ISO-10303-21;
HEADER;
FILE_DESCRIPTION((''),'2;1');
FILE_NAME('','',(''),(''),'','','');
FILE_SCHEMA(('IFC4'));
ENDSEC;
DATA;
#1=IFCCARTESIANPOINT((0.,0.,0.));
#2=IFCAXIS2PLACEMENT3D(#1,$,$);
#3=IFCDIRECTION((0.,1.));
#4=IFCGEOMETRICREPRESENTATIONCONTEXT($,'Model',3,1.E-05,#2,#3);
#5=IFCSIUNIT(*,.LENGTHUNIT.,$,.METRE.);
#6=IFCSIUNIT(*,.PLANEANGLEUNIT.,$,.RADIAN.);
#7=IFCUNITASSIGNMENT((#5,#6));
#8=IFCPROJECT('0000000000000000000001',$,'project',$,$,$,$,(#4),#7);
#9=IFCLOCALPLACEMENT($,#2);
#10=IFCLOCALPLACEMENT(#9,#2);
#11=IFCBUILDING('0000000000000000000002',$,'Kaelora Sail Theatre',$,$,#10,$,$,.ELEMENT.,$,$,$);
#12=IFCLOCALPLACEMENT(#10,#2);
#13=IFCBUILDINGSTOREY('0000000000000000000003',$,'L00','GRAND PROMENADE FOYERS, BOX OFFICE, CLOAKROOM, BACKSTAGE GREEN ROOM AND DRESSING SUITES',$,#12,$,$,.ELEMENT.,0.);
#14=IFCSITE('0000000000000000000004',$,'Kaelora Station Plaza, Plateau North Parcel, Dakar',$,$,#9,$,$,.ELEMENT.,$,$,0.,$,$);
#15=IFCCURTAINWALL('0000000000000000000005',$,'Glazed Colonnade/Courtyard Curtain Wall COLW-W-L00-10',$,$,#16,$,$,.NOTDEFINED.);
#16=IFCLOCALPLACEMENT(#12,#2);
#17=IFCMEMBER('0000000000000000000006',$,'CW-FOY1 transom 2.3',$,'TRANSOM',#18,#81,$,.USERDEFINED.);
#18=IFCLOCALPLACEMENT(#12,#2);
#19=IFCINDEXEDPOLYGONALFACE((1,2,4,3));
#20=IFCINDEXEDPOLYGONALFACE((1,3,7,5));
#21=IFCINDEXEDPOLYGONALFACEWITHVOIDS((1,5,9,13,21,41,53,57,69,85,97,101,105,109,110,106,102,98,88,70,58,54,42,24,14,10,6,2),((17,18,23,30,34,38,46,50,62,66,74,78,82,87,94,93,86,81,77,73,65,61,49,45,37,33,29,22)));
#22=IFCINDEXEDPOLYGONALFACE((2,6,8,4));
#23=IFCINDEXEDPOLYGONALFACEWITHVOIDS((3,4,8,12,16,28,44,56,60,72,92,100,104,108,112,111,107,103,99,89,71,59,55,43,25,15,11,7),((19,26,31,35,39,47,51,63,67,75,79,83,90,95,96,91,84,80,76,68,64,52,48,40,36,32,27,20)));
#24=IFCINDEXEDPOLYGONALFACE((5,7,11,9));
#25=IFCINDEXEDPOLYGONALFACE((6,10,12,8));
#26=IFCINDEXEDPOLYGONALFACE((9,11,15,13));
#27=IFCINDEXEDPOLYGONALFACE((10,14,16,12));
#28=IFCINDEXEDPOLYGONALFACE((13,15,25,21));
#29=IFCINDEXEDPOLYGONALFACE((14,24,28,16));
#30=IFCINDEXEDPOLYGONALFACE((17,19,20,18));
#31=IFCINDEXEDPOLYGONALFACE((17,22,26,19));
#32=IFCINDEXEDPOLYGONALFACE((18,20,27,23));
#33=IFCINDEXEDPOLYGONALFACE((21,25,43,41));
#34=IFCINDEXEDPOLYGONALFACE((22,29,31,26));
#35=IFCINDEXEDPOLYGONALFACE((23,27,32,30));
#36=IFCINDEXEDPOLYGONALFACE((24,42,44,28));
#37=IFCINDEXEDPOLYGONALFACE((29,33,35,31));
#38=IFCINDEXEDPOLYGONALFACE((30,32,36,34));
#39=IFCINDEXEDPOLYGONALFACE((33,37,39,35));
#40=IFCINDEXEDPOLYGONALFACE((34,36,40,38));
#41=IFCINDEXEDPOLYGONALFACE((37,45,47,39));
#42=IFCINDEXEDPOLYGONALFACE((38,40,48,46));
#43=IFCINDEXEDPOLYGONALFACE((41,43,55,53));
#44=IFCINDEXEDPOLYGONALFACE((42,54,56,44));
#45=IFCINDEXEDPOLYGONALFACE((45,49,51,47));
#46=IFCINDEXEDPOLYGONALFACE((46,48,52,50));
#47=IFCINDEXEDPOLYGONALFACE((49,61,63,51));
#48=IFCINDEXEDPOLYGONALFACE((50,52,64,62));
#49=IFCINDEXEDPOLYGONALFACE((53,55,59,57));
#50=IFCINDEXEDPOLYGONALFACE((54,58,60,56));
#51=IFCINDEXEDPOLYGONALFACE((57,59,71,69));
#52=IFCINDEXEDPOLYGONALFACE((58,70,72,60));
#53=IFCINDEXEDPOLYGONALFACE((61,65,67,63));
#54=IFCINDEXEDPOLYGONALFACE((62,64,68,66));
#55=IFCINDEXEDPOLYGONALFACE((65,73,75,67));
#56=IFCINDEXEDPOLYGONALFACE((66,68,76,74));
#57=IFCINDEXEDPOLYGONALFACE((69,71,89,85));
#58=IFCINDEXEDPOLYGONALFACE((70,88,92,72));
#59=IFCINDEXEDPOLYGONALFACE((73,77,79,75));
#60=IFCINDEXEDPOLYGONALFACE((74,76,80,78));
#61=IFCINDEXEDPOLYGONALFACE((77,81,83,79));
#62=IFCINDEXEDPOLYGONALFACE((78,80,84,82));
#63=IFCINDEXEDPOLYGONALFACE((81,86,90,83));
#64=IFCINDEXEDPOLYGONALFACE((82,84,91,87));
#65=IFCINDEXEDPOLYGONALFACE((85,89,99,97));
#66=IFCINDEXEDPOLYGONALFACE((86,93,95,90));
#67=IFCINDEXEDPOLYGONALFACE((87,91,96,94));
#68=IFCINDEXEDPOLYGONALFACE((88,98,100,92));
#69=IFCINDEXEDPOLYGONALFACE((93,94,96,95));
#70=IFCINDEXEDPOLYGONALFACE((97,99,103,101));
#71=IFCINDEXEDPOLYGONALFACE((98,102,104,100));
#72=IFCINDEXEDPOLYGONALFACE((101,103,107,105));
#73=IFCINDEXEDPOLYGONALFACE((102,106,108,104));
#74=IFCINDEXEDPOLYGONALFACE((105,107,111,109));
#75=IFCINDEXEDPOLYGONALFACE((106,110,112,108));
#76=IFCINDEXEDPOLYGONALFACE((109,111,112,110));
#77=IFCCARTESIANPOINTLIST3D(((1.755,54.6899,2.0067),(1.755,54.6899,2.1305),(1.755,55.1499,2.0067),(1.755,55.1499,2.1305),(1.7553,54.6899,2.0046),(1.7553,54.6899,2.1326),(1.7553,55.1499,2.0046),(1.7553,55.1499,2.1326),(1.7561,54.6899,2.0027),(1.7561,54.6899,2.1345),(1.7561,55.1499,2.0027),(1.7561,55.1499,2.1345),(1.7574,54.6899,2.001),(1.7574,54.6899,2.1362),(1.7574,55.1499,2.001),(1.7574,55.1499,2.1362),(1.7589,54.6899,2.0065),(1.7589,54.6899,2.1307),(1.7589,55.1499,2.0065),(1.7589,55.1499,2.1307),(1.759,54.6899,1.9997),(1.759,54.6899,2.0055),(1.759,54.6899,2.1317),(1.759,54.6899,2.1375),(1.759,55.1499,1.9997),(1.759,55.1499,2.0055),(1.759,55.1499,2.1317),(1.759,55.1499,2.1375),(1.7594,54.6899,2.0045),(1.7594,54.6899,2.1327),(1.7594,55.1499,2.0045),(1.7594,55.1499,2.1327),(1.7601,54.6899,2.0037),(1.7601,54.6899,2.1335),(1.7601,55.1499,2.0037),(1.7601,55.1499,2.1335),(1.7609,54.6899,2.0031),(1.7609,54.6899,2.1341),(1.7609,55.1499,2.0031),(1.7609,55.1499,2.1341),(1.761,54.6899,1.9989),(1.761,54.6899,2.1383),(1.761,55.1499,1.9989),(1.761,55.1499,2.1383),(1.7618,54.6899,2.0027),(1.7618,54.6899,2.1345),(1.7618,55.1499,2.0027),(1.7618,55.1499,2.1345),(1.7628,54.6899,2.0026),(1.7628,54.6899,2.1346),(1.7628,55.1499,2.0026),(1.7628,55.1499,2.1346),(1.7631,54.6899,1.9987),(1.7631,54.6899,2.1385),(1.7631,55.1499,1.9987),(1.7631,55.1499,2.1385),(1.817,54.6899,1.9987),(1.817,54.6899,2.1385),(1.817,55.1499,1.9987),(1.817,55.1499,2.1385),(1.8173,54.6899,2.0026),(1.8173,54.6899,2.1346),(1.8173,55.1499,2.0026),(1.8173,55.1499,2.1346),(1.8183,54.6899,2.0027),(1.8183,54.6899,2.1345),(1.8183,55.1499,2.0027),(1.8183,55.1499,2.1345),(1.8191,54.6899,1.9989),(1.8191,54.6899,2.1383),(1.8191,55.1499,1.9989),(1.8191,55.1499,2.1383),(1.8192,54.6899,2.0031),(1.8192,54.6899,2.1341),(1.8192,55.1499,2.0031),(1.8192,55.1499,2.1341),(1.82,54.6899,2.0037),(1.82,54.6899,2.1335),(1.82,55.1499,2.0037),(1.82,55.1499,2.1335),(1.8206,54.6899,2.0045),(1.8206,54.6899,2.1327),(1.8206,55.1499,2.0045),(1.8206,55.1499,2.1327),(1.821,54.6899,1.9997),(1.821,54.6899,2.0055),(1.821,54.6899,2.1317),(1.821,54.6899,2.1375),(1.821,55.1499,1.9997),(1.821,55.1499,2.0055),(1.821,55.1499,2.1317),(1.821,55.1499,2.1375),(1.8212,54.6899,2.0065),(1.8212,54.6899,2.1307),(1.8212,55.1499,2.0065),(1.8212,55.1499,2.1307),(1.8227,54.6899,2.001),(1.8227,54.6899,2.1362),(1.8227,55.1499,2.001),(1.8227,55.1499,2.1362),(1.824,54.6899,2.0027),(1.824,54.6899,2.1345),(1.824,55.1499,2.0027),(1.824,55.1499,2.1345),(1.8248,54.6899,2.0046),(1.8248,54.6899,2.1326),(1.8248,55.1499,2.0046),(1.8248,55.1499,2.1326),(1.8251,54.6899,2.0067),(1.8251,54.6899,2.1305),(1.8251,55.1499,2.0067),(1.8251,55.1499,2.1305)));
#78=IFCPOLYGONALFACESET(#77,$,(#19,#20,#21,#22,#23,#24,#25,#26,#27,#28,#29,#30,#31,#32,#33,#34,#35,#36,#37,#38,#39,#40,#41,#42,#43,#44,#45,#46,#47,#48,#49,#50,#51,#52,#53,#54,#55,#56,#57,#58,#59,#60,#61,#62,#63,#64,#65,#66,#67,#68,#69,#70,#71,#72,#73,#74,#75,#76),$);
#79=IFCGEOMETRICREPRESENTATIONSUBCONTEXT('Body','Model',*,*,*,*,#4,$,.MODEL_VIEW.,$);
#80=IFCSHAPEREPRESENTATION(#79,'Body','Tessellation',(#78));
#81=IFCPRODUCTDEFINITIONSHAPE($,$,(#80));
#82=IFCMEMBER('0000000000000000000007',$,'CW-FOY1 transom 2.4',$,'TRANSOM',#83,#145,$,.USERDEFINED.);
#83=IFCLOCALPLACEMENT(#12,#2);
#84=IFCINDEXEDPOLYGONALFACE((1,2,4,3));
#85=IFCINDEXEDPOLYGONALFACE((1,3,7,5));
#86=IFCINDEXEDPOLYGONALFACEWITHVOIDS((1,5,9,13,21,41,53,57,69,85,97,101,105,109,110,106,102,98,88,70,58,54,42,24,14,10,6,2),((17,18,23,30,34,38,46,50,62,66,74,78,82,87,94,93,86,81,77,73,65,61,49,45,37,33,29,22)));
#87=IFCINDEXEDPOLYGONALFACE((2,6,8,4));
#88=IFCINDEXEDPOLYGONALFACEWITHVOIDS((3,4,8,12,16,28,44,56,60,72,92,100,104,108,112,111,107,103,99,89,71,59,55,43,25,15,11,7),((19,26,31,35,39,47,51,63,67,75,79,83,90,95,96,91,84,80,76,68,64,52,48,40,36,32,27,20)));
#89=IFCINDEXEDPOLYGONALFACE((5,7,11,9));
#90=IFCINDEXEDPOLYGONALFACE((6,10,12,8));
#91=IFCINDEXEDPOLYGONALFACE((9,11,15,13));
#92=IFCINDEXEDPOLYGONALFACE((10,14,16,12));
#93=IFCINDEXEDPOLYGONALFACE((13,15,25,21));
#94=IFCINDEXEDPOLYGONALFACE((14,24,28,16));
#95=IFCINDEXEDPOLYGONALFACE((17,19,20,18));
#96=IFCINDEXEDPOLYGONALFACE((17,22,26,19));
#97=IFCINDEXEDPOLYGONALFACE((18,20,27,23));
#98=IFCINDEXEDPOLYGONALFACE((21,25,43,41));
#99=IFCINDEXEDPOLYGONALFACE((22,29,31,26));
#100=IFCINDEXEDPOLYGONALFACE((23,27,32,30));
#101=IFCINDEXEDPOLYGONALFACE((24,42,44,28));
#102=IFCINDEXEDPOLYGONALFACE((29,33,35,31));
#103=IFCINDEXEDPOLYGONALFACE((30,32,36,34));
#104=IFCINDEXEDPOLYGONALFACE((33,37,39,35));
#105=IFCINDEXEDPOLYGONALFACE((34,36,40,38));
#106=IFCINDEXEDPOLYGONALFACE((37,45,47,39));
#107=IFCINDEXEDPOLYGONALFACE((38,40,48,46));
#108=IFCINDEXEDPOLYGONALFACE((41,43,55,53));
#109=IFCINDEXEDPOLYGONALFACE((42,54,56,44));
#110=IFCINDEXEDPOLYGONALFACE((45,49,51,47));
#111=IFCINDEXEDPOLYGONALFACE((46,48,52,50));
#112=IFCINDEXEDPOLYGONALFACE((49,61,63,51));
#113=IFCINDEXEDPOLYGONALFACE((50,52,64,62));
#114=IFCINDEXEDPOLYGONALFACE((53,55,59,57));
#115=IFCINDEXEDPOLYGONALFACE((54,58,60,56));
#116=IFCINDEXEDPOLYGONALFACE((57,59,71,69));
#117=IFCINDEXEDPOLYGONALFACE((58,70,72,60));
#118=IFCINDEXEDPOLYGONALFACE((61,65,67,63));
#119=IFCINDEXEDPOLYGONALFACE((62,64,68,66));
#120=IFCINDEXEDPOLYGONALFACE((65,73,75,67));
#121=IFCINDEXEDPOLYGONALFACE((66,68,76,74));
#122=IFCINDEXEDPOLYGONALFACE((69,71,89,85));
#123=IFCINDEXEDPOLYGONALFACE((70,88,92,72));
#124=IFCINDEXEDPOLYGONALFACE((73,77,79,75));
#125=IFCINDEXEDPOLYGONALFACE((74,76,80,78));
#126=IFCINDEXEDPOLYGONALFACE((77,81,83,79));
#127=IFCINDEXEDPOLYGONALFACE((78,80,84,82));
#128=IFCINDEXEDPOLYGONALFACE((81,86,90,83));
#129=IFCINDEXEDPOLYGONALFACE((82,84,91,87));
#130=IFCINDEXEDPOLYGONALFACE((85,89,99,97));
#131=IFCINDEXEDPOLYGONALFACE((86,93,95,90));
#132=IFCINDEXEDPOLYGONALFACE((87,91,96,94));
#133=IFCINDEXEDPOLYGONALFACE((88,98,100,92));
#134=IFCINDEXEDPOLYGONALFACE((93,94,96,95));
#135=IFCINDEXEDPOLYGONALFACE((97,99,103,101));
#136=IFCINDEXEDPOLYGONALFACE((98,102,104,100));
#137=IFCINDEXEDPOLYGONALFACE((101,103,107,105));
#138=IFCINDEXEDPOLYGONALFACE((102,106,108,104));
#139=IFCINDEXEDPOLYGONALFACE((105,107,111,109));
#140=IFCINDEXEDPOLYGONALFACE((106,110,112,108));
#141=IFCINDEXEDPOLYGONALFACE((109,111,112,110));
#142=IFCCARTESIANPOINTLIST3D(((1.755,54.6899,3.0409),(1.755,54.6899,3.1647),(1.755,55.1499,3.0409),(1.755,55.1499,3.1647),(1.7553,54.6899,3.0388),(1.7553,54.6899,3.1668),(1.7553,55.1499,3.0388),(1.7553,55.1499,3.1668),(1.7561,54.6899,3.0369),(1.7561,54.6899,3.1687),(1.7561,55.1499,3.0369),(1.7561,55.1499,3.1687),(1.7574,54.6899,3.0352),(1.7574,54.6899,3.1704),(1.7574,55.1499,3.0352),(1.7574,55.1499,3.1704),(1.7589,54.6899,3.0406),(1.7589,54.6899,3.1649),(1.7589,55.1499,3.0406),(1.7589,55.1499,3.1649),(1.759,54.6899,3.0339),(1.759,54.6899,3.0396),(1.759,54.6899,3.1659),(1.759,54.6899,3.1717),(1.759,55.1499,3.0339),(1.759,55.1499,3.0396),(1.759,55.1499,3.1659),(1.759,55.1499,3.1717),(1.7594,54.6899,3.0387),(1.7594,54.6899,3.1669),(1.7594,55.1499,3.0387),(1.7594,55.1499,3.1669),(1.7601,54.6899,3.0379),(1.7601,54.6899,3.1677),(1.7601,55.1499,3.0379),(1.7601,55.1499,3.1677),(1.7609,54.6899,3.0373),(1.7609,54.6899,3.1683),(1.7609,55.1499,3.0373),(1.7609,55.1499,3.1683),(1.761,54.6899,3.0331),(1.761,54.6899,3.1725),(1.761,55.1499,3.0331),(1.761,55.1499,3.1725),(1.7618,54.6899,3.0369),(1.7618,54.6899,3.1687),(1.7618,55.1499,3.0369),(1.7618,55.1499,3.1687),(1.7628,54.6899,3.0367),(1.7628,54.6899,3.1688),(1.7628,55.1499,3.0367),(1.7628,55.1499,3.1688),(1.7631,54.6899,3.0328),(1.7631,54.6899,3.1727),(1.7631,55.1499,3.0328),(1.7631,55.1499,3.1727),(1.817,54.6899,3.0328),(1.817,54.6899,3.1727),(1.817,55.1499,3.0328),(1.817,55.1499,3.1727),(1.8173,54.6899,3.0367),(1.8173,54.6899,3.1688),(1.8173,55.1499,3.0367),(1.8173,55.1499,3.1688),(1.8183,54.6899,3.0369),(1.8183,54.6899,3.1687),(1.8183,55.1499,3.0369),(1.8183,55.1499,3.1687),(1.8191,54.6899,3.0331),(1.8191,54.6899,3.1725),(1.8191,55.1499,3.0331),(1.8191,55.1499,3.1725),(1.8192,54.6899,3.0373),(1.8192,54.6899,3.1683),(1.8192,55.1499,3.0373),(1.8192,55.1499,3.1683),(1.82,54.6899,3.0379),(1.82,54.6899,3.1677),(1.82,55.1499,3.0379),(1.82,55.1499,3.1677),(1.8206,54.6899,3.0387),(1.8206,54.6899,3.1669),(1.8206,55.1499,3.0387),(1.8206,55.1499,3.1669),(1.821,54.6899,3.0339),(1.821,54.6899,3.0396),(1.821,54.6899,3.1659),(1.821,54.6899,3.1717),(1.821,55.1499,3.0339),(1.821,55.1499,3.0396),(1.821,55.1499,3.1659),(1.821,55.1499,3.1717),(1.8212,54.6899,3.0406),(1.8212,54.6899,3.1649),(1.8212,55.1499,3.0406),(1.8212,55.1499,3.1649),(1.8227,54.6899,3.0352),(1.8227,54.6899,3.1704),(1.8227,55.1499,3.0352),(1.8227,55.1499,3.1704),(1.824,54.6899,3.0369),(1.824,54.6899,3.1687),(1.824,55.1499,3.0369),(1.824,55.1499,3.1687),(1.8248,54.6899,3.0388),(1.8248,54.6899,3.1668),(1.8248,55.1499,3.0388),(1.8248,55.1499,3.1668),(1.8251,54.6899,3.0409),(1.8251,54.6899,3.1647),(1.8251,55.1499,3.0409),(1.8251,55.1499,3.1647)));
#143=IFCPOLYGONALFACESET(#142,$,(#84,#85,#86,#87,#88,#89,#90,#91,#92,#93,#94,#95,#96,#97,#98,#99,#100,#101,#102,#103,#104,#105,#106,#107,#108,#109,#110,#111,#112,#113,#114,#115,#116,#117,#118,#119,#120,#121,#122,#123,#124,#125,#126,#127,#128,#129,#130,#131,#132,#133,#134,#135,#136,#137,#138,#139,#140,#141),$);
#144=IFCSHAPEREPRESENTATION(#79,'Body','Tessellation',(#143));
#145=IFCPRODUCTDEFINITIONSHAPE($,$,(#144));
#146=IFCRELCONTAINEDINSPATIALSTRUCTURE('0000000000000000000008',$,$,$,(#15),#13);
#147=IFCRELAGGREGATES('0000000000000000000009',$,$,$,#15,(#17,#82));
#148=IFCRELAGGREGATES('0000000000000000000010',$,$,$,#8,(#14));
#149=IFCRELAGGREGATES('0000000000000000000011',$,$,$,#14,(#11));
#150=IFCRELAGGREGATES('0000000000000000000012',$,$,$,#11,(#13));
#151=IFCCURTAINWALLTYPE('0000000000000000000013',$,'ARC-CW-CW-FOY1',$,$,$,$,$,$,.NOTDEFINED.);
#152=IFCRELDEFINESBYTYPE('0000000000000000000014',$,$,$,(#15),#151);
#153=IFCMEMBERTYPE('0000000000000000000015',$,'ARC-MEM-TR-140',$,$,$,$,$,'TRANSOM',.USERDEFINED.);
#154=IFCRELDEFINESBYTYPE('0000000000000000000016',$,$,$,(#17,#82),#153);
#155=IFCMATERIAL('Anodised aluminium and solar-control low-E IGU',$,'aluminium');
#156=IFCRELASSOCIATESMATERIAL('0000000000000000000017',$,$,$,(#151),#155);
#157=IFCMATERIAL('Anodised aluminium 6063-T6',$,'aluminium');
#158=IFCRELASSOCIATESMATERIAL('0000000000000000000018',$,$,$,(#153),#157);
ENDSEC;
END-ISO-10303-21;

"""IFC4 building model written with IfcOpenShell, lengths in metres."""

from ifc_helpers import new_model, si_unit, direction, frame, origin, origin_2d, place, context, subcontext, project, spatial, hollow_rectangle, extrude, material, material_profile, profile_set, type_object, element, aggregate, save


model = new_model("IFC4")

# Units and contexts
model_context = context("Model", 3, precision=1e-05, world=origin(), true_north=direction((0.0, 1.0)))
body_context = subcontext(model_context, "Body", "Model", "MODEL_VIEW")
ifc_project = project(units=[si_unit("LENGTHUNIT", "METRE"), si_unit("PLANEANGLEUNIT", "RADIAN")], contexts=[model_context])

# Site, building, storey
site_placement = place(None, origin())
site = spatial("IfcSite", under=ifc_project, at=site_placement, Name="Kaelora Station Plaza, Plateau North Parcel, Dakar", CompositionType="ELEMENT", RefElevation=0.0)
building_placement = place(site_placement, origin())
building = spatial("IfcBuilding", under=site, at=building_placement, Name="Kaelora Sail Theatre", CompositionType="ELEMENT")
storey_placement = place(building_placement, origin())
storey = spatial("IfcBuildingStorey", under=building, at=storey_placement, Name="L00", Description="GRAND PROMENADE FOYERS, BOX OFFICE, CLOAKROOM, BACKSTAGE GREEN ROOM AND DRESSING SUITES", CompositionType="ELEMENT", Elevation=0.0)

# Curtain wall, members
ifc_material_1 = material(Name="Anodised aluminium and solar-control low-E IGU", Category="aluminium")
curtain_wall_type = type_object("IfcCurtainWallType", Name="ARC-CW-CW-FOY1", PredefinedType="NOTDEFINED", material=ifc_material_1)
ifc_material_2 = material(Name="Anodised aluminium 6063-T6", Category="aluminium")
ifc_material_profile = material_profile(ifc_material_2, hollow_rectangle(XDim=0.0701, YDim=0.1399, WallThickness=0.0039, InnerFilletRadius=0.0039, OuterFilletRadius=0.0081, at=origin_2d()), Name="ALU-TRAN 70x140x4")
ifc_profile_set = profile_set([ifc_material_profile], Name="Anodised aluminium 6063-T6")
member_type = type_object("IfcMemberType", Name="ARC-MEM-TR-140", ElementType="TRANSOM", PredefinedType="USERDEFINED", material=ifc_profile_set)
curtain_wall_1_placement = place(storey_placement, origin())
curtain_wall_1 = element("IfcCurtainWall", 1, at=curtain_wall_1_placement, inside=storey, type_object=curtain_wall_type, Name="Glazed Colonnade/Courtyard Curtain Wall COLW-W-L00-10", PredefinedType="NOTDEFINED")
member_1_placement = place(storey_placement, frame((1.79, 54.6899, 2.0686), z_axis=(0.0, 1.0, 0.0), x_axis=(-1.0, 0.0, 0.0)))
member_1 = element("IfcMember", 2, at=member_1_placement, type_object=member_type, Name="CW-FOY1 transom 2.3", ObjectType="TRANSOM", PredefinedType="USERDEFINED", context=body_context, shape_type="SweptSolid", body=[
    extrude(hollow_rectangle(XDim=0.0701, YDim=0.1399, WallThickness=0.0039, InnerFilletRadius=0.0039, OuterFilletRadius=0.0081, at=origin_2d()), origin(), (0.0, 0.0, 1.0), 0.46),
])
member_2_placement = place(storey_placement, frame((1.79, 54.6899, 3.1028), z_axis=(0.0, 1.0, 0.0), x_axis=(-1.0, 0.0, 0.0)))
member_2 = element("IfcMember", 3, at=member_2_placement, type_object=member_type, Name="CW-FOY1 transom 2.4", ObjectType="TRANSOM", PredefinedType="USERDEFINED", context=body_context, shape_type="SweptSolid", body=[
    extrude(hollow_rectangle(XDim=0.0701, YDim=0.1399, WallThickness=0.0039, InnerFilletRadius=0.0039, OuterFilletRadius=0.0081, at=origin_2d()), origin(), (0.0, 0.0, 1.0), 0.46),
])

aggregate(curtain_wall_1, [member_1, member_2])

save(model, "model.ifc")
